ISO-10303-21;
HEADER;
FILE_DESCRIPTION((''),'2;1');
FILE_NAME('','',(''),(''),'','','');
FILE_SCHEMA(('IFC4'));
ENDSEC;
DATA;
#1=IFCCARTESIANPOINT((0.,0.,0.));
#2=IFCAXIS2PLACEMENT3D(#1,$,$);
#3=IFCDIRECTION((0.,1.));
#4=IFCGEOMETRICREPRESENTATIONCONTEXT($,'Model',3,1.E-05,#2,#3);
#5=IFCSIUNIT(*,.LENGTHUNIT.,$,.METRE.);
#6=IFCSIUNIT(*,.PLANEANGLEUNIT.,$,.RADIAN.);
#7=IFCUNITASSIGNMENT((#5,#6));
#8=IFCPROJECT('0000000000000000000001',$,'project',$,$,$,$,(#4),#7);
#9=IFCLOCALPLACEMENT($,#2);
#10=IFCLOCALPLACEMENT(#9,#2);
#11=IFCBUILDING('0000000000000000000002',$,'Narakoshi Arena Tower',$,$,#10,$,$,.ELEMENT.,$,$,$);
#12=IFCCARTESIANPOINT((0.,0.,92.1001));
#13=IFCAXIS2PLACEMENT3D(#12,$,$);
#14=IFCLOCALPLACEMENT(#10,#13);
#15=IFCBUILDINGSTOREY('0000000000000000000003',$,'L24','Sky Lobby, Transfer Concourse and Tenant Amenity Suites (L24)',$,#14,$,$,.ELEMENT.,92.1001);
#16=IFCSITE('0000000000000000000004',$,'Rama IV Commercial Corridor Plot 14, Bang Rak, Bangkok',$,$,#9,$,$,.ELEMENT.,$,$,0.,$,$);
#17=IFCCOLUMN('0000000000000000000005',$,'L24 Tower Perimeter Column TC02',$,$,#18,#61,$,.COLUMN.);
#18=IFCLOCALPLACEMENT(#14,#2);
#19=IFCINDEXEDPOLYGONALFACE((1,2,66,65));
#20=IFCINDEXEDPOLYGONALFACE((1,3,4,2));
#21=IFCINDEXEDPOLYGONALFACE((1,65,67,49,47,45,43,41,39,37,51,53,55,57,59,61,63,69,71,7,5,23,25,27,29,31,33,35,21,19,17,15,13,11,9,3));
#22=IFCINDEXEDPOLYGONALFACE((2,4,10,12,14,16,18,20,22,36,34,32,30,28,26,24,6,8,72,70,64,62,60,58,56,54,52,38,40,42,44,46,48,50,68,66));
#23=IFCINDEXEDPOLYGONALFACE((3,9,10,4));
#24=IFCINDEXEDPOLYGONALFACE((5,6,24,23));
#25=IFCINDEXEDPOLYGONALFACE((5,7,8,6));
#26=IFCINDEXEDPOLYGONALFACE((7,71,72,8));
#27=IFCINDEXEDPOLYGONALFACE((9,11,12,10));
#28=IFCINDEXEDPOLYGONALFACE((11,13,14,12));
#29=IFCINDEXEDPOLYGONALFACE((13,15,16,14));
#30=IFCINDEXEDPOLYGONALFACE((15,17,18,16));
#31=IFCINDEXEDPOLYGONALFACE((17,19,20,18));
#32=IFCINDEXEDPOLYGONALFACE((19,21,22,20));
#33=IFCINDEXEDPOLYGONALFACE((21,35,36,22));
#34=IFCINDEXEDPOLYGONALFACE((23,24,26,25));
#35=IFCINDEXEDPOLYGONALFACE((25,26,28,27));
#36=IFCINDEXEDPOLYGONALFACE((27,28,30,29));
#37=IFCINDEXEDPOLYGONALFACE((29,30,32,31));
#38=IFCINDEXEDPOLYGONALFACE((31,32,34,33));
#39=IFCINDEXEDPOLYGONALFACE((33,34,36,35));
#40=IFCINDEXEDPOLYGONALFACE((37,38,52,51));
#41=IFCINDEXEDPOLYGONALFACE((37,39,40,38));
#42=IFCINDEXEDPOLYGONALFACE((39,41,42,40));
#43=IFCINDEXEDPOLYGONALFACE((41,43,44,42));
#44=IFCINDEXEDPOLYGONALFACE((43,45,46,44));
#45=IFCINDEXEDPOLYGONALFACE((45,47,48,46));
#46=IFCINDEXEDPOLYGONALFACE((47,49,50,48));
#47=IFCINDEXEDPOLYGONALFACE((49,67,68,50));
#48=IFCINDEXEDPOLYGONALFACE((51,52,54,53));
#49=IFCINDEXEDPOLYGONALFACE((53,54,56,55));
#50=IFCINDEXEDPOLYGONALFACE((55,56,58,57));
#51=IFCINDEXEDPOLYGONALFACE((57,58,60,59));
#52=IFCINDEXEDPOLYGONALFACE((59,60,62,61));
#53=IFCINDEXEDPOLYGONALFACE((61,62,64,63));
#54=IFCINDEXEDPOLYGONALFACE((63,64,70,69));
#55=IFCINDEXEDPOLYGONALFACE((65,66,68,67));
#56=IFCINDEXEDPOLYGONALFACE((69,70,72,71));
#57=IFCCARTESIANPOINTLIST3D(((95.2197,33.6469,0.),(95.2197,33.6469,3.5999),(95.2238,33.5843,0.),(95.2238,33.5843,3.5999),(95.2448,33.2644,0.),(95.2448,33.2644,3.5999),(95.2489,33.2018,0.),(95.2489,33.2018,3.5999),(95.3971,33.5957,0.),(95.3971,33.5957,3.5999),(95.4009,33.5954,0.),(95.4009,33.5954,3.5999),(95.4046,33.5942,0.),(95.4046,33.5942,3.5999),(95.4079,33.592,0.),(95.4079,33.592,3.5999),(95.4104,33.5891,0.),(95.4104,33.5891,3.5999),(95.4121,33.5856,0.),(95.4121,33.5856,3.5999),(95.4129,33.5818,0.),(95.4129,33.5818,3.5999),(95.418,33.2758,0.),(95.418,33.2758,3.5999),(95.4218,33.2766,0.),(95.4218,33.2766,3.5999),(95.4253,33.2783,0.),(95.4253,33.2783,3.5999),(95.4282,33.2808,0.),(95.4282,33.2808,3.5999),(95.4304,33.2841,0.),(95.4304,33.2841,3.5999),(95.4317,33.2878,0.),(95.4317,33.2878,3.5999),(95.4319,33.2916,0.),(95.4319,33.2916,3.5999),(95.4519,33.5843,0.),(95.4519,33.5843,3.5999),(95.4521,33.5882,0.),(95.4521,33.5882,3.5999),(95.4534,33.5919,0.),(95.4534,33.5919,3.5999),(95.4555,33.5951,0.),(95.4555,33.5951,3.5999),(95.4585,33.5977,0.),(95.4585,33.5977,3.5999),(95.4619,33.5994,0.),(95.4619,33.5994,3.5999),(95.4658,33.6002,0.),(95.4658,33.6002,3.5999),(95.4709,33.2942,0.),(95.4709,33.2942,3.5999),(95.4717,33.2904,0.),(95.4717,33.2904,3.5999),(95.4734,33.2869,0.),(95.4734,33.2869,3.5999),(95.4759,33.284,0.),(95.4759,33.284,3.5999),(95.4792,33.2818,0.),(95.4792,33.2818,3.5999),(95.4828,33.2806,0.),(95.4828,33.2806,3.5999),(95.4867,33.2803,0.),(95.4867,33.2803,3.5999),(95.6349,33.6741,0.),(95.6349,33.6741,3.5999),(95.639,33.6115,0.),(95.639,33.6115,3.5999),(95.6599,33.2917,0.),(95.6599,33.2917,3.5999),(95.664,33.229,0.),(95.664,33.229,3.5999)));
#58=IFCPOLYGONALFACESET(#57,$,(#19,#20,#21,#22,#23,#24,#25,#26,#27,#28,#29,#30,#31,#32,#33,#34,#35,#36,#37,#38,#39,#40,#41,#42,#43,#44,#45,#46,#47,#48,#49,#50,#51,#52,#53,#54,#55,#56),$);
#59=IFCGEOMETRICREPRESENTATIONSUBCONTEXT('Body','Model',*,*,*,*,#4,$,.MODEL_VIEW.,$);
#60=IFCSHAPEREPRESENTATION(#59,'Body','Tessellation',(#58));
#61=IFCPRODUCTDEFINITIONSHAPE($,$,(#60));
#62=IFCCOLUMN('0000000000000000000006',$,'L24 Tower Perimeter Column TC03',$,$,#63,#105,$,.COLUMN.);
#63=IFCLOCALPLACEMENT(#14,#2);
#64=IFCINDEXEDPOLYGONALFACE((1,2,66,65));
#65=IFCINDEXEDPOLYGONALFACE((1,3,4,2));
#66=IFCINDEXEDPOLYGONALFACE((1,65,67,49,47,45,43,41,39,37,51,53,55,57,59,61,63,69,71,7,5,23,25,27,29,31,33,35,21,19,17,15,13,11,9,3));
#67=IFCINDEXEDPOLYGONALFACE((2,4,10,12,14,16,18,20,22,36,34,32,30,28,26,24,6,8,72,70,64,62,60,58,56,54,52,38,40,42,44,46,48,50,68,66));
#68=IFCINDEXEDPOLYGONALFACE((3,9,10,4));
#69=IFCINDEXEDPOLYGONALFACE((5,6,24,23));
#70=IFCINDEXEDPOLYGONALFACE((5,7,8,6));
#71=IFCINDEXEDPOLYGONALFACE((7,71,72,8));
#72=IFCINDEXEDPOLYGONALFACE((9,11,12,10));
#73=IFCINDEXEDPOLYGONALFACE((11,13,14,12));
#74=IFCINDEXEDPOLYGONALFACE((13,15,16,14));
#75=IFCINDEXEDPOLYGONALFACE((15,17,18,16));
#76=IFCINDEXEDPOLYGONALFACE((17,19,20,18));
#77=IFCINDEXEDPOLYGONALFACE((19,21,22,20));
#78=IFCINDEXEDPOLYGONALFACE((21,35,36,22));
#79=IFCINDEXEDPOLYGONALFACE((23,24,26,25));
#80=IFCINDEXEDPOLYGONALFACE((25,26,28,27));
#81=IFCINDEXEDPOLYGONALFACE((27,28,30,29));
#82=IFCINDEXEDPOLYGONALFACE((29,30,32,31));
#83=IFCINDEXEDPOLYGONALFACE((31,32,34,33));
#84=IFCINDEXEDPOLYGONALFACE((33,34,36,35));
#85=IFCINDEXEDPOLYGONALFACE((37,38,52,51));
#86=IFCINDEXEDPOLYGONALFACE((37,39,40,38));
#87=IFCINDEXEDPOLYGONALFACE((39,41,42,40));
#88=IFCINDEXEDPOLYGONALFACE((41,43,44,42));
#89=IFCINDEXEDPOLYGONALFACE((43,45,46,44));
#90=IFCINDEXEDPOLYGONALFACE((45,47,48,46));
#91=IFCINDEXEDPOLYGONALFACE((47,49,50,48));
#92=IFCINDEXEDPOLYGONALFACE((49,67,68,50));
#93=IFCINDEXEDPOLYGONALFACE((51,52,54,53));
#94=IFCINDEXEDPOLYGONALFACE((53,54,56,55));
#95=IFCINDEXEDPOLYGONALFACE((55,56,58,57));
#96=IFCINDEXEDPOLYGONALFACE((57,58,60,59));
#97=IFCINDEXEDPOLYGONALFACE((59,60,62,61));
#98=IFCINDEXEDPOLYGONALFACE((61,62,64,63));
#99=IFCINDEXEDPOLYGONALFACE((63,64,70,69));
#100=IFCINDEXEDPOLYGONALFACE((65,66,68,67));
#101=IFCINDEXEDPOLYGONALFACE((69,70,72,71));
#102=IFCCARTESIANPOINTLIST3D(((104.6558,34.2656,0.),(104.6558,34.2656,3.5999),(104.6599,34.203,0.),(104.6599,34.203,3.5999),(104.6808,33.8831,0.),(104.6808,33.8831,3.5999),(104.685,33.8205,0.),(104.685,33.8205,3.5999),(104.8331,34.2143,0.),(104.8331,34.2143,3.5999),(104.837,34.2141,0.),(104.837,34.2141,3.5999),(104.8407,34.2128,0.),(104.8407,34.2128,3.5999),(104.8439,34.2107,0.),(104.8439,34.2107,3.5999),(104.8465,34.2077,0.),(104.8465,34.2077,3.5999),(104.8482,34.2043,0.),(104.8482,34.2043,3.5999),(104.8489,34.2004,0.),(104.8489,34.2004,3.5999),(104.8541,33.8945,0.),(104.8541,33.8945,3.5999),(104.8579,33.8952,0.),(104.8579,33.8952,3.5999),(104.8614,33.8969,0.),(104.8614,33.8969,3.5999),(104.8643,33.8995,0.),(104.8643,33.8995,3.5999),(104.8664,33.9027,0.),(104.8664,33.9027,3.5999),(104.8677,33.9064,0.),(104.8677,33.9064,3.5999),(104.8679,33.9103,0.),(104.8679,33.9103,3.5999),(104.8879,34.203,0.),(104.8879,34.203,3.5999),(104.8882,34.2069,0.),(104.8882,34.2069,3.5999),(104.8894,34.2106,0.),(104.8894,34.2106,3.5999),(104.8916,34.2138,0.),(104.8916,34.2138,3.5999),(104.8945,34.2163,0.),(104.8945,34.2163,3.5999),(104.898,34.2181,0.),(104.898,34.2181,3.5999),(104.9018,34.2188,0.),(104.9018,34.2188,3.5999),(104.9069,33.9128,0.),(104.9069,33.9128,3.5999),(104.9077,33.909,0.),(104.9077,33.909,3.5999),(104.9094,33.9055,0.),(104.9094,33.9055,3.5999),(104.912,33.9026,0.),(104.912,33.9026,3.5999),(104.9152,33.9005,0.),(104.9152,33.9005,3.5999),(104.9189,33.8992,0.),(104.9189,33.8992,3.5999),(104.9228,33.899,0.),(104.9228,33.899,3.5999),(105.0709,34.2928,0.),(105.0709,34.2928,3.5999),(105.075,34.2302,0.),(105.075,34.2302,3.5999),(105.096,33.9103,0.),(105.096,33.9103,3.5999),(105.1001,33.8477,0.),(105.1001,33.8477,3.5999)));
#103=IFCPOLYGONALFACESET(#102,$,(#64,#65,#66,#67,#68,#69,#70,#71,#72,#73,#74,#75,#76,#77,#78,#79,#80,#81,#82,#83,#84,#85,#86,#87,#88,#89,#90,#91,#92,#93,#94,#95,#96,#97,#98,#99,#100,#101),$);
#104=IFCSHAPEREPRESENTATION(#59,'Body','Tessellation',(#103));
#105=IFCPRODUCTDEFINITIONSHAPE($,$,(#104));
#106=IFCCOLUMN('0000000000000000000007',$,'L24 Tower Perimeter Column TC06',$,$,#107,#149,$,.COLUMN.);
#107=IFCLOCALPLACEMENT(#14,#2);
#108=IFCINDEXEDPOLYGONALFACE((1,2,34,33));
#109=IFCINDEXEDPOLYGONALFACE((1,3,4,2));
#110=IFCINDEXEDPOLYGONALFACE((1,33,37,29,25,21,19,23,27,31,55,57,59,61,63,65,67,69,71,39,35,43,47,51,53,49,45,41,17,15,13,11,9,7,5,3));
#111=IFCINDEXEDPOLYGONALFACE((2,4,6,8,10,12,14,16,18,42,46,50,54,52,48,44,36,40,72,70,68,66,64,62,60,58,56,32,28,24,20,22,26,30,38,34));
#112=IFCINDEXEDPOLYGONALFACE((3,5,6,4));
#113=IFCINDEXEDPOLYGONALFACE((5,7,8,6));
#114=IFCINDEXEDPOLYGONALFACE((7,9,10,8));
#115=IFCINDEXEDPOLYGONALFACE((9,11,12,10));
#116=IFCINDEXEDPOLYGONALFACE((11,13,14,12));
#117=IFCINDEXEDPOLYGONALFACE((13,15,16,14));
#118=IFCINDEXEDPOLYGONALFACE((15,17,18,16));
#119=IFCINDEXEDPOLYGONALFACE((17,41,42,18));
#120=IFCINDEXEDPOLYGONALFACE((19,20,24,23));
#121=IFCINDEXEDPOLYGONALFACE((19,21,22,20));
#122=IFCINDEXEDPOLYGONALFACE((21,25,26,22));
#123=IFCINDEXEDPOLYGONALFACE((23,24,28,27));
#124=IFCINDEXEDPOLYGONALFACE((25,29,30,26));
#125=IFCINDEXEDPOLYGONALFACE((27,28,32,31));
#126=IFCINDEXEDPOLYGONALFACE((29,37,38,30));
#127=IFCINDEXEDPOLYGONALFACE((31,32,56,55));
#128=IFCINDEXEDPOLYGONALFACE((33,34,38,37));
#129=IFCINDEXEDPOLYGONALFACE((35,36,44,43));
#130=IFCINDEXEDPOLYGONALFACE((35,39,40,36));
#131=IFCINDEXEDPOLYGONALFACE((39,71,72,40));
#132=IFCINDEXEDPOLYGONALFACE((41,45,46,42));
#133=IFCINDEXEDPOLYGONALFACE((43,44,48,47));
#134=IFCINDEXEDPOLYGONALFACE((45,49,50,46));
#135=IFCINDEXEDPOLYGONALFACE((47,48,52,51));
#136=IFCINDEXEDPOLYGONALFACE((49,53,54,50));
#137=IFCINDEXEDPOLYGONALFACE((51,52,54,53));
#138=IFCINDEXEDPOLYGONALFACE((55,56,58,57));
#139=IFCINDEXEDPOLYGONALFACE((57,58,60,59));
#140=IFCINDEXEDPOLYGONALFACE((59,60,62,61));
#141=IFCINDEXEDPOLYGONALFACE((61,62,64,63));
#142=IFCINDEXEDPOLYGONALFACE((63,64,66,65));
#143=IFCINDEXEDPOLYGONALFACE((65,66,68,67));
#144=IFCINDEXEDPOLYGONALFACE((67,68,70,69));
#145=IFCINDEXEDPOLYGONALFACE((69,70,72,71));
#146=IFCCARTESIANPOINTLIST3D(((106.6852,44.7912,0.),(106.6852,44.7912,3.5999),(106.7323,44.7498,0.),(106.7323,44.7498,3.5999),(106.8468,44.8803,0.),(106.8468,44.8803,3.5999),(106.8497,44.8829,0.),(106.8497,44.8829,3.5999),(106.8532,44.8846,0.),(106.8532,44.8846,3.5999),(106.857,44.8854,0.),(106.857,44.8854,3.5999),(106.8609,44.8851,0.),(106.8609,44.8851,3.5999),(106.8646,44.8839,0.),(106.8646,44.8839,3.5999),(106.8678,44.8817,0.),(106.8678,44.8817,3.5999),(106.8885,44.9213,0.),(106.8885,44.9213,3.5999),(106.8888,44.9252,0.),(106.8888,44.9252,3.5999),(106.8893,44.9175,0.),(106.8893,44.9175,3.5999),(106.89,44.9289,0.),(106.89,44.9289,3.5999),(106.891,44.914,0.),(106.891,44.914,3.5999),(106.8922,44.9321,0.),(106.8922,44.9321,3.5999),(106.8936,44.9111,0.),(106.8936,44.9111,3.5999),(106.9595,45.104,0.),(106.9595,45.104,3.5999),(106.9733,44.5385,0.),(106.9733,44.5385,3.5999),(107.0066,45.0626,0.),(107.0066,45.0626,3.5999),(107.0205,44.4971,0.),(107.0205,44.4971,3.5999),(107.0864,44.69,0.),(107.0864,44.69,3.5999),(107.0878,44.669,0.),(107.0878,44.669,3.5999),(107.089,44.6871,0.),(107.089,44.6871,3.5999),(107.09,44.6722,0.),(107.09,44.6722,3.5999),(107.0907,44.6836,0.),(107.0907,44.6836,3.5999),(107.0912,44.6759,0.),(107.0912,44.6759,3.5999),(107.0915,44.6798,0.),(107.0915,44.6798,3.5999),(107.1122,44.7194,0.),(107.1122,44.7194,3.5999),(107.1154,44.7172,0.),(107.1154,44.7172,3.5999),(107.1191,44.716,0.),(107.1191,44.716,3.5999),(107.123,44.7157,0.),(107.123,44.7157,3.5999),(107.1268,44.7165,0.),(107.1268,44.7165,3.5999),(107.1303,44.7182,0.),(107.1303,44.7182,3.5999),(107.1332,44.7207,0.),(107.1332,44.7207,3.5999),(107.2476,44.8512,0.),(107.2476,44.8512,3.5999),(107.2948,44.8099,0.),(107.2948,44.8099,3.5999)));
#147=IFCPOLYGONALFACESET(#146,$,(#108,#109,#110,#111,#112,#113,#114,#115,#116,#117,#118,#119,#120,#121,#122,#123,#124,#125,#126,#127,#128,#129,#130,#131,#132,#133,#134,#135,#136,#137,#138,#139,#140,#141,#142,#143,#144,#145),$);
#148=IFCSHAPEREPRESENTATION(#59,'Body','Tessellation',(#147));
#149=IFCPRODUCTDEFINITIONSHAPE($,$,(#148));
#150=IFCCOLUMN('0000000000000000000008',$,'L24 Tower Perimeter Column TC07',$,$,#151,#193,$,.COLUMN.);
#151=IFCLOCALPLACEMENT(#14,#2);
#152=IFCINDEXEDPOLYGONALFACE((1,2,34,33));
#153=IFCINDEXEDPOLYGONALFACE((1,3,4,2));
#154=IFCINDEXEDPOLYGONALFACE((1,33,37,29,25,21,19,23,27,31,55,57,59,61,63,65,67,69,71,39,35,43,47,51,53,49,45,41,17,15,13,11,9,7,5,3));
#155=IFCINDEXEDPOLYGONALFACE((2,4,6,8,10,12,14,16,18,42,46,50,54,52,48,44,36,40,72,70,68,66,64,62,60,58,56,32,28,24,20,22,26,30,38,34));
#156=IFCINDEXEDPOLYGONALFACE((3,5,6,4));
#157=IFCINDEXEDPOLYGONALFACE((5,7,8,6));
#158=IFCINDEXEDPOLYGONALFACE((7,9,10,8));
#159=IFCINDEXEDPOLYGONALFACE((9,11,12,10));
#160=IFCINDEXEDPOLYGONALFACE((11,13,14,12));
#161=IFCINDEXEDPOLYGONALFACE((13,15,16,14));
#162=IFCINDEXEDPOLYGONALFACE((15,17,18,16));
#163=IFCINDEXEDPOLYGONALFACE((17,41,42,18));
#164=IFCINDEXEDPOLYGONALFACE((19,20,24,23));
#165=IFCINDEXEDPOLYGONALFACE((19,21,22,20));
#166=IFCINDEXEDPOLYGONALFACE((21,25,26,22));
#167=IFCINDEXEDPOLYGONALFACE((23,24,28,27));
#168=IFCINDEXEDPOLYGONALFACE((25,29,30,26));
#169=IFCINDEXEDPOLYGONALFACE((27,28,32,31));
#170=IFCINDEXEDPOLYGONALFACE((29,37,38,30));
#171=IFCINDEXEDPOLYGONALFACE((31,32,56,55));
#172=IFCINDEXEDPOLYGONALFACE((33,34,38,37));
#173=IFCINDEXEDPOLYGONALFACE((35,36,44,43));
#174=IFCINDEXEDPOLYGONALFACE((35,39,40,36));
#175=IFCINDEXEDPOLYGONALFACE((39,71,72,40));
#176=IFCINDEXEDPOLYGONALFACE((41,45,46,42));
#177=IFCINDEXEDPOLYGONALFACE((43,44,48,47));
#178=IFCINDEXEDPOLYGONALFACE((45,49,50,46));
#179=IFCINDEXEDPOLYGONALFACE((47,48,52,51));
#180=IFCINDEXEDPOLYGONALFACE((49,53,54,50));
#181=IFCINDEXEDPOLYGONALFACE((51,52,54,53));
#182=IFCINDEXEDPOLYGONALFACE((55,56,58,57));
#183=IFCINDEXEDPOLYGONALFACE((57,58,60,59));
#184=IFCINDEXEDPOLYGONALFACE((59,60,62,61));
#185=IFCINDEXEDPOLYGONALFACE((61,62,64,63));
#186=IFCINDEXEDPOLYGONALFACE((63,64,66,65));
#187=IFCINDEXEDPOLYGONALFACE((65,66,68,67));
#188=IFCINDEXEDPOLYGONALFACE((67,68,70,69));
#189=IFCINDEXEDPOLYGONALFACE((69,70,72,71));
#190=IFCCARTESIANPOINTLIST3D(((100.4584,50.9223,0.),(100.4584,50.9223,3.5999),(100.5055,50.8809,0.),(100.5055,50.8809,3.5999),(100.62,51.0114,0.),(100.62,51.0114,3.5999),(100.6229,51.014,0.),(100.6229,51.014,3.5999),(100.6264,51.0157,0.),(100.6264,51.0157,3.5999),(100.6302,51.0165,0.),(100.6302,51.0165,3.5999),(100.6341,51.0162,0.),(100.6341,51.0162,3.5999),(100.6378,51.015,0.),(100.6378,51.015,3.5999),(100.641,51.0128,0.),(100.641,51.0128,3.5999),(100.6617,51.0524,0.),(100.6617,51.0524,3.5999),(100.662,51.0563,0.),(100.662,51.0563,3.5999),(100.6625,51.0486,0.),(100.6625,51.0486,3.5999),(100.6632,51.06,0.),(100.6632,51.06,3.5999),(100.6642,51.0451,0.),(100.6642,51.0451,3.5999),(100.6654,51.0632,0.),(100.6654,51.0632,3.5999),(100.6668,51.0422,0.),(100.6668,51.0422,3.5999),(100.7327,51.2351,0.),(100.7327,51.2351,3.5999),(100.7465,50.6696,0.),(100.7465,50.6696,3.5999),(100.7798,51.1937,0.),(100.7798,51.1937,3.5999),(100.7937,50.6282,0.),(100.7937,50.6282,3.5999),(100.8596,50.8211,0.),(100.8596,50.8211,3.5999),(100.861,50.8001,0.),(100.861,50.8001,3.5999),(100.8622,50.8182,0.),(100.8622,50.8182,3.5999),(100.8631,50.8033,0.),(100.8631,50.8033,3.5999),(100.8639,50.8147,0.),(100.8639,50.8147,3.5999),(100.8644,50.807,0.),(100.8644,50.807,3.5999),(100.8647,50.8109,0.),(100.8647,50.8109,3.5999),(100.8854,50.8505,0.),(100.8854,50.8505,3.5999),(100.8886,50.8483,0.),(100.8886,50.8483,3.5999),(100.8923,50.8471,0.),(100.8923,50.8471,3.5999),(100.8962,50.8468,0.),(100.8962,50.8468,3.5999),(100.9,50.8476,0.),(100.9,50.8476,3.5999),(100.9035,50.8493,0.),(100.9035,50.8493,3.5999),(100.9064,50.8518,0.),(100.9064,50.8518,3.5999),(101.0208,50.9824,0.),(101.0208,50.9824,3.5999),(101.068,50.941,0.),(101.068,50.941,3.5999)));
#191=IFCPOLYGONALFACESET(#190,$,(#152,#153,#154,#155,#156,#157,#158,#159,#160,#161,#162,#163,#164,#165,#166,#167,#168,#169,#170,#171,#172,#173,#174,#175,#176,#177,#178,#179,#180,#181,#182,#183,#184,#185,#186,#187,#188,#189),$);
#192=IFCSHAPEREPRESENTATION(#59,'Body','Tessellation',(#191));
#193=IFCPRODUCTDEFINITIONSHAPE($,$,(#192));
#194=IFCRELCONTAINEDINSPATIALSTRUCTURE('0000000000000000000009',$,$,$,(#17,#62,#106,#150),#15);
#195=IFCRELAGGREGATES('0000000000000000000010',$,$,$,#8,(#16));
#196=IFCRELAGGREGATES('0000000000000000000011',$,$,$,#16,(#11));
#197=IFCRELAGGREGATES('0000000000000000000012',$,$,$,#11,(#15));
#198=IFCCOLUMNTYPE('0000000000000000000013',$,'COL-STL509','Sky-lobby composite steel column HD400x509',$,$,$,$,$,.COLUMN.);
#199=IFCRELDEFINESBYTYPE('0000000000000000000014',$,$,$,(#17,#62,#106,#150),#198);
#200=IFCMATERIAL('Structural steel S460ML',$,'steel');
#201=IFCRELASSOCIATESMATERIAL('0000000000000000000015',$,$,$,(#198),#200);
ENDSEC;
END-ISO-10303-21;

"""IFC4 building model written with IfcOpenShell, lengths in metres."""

from ifc_helpers import new_model, si_unit, direction, frame, origin, origin_2d, place, context, subcontext, project, spatial, i_section, extrude, material, material_profile, profile_set, type_object, element, save


model = new_model("IFC4")

# Units and contexts
model_context = context("Model", 3, precision=1e-05, world=origin(), true_north=direction((0.0, 1.0)))
body_context = subcontext(model_context, "Body", "Model", "MODEL_VIEW")
ifc_project = project(units=[si_unit("LENGTHUNIT", "METRE"), si_unit("PLANEANGLEUNIT", "RADIAN")], contexts=[model_context])

# Site, building, storey
site_placement = place(None, origin())
site = spatial("IfcSite", under=ifc_project, at=site_placement, Name="Rama IV Commercial Corridor Plot 14, Bang Rak, Bangkok", CompositionType="ELEMENT", RefElevation=0.0)
building_placement = place(site_placement, origin())
building = spatial("IfcBuilding", under=site, at=building_placement, Name="Narakoshi Arena Tower", CompositionType="ELEMENT")
storey_placement = place(building_placement, frame((0.0, 0.0, 92.1001)))
storey = spatial("IfcBuildingStorey", under=building, at=storey_placement, Name="L24", Description="Sky Lobby, Transfer Concourse and Tenant Amenity Suites (L24)", CompositionType="ELEMENT", Elevation=92.1001)

# Columns
ifc_material_1 = material(Name="Structural steel S460ML", Category="steel")
ifc_material_profile_1 = material_profile(ifc_material_1, i_section(OverallWidth=0.416, OverallDepth=0.446, WebThickness=0.0391, FlangeThickness=0.0627, FilletRadius=0.0149, at=origin_2d()), Name="HD400x509")
ifc_profile_set_1 = profile_set([ifc_material_profile_1], Name="Structural steel S460ML")
column_type = type_object("IfcColumnType", Name="COL-STL509", Description="Sky-lobby composite steel column HD400x509", PredefinedType="COLUMN", material=ifc_profile_set_1)
for number, where, z_axis, x_axis, name in (
    (1, (95.4419, 33.438, 0.0), (0.0, 0.0, 1.0), (0.997859, 0.065403, 0.0), "L24 Tower Perimeter Column TC02"),
    (2, (104.8779, 34.0566, 0.0), (0.0, 0.0, 1.0), (0.997859, 0.065403, 0.0), "L24 Tower Perimeter Column TC03"),
    (3, (106.99, 44.8005, 0.0), (0.0, 0.0, 1.0), (0.659346, 0.75184, 0.0), "L24 Tower Perimeter Column TC06"),
    (4, (100.7632, 50.9316, 0.0), (0.0, 0.0, 1.0), (0.659346, 0.75184, 0.0), "L24 Tower Perimeter Column TC07"),
):
    element("IfcColumn", number, at=place(storey_placement, frame(where, z_axis=z_axis, x_axis=x_axis)), inside=storey, type_object=column_type, Name=name, PredefinedType="COLUMN", context=body_context, shape_type="SweptSolid", body=[
        extrude(i_section(OverallWidth=0.416, OverallDepth=0.446, WebThickness=0.0391, FlangeThickness=0.0627, FilletRadius=0.0149, at=origin_2d()), origin(), (0.0, 0.0, 1.0), 3.5999),
    ])

save(model, "model.ifc")
